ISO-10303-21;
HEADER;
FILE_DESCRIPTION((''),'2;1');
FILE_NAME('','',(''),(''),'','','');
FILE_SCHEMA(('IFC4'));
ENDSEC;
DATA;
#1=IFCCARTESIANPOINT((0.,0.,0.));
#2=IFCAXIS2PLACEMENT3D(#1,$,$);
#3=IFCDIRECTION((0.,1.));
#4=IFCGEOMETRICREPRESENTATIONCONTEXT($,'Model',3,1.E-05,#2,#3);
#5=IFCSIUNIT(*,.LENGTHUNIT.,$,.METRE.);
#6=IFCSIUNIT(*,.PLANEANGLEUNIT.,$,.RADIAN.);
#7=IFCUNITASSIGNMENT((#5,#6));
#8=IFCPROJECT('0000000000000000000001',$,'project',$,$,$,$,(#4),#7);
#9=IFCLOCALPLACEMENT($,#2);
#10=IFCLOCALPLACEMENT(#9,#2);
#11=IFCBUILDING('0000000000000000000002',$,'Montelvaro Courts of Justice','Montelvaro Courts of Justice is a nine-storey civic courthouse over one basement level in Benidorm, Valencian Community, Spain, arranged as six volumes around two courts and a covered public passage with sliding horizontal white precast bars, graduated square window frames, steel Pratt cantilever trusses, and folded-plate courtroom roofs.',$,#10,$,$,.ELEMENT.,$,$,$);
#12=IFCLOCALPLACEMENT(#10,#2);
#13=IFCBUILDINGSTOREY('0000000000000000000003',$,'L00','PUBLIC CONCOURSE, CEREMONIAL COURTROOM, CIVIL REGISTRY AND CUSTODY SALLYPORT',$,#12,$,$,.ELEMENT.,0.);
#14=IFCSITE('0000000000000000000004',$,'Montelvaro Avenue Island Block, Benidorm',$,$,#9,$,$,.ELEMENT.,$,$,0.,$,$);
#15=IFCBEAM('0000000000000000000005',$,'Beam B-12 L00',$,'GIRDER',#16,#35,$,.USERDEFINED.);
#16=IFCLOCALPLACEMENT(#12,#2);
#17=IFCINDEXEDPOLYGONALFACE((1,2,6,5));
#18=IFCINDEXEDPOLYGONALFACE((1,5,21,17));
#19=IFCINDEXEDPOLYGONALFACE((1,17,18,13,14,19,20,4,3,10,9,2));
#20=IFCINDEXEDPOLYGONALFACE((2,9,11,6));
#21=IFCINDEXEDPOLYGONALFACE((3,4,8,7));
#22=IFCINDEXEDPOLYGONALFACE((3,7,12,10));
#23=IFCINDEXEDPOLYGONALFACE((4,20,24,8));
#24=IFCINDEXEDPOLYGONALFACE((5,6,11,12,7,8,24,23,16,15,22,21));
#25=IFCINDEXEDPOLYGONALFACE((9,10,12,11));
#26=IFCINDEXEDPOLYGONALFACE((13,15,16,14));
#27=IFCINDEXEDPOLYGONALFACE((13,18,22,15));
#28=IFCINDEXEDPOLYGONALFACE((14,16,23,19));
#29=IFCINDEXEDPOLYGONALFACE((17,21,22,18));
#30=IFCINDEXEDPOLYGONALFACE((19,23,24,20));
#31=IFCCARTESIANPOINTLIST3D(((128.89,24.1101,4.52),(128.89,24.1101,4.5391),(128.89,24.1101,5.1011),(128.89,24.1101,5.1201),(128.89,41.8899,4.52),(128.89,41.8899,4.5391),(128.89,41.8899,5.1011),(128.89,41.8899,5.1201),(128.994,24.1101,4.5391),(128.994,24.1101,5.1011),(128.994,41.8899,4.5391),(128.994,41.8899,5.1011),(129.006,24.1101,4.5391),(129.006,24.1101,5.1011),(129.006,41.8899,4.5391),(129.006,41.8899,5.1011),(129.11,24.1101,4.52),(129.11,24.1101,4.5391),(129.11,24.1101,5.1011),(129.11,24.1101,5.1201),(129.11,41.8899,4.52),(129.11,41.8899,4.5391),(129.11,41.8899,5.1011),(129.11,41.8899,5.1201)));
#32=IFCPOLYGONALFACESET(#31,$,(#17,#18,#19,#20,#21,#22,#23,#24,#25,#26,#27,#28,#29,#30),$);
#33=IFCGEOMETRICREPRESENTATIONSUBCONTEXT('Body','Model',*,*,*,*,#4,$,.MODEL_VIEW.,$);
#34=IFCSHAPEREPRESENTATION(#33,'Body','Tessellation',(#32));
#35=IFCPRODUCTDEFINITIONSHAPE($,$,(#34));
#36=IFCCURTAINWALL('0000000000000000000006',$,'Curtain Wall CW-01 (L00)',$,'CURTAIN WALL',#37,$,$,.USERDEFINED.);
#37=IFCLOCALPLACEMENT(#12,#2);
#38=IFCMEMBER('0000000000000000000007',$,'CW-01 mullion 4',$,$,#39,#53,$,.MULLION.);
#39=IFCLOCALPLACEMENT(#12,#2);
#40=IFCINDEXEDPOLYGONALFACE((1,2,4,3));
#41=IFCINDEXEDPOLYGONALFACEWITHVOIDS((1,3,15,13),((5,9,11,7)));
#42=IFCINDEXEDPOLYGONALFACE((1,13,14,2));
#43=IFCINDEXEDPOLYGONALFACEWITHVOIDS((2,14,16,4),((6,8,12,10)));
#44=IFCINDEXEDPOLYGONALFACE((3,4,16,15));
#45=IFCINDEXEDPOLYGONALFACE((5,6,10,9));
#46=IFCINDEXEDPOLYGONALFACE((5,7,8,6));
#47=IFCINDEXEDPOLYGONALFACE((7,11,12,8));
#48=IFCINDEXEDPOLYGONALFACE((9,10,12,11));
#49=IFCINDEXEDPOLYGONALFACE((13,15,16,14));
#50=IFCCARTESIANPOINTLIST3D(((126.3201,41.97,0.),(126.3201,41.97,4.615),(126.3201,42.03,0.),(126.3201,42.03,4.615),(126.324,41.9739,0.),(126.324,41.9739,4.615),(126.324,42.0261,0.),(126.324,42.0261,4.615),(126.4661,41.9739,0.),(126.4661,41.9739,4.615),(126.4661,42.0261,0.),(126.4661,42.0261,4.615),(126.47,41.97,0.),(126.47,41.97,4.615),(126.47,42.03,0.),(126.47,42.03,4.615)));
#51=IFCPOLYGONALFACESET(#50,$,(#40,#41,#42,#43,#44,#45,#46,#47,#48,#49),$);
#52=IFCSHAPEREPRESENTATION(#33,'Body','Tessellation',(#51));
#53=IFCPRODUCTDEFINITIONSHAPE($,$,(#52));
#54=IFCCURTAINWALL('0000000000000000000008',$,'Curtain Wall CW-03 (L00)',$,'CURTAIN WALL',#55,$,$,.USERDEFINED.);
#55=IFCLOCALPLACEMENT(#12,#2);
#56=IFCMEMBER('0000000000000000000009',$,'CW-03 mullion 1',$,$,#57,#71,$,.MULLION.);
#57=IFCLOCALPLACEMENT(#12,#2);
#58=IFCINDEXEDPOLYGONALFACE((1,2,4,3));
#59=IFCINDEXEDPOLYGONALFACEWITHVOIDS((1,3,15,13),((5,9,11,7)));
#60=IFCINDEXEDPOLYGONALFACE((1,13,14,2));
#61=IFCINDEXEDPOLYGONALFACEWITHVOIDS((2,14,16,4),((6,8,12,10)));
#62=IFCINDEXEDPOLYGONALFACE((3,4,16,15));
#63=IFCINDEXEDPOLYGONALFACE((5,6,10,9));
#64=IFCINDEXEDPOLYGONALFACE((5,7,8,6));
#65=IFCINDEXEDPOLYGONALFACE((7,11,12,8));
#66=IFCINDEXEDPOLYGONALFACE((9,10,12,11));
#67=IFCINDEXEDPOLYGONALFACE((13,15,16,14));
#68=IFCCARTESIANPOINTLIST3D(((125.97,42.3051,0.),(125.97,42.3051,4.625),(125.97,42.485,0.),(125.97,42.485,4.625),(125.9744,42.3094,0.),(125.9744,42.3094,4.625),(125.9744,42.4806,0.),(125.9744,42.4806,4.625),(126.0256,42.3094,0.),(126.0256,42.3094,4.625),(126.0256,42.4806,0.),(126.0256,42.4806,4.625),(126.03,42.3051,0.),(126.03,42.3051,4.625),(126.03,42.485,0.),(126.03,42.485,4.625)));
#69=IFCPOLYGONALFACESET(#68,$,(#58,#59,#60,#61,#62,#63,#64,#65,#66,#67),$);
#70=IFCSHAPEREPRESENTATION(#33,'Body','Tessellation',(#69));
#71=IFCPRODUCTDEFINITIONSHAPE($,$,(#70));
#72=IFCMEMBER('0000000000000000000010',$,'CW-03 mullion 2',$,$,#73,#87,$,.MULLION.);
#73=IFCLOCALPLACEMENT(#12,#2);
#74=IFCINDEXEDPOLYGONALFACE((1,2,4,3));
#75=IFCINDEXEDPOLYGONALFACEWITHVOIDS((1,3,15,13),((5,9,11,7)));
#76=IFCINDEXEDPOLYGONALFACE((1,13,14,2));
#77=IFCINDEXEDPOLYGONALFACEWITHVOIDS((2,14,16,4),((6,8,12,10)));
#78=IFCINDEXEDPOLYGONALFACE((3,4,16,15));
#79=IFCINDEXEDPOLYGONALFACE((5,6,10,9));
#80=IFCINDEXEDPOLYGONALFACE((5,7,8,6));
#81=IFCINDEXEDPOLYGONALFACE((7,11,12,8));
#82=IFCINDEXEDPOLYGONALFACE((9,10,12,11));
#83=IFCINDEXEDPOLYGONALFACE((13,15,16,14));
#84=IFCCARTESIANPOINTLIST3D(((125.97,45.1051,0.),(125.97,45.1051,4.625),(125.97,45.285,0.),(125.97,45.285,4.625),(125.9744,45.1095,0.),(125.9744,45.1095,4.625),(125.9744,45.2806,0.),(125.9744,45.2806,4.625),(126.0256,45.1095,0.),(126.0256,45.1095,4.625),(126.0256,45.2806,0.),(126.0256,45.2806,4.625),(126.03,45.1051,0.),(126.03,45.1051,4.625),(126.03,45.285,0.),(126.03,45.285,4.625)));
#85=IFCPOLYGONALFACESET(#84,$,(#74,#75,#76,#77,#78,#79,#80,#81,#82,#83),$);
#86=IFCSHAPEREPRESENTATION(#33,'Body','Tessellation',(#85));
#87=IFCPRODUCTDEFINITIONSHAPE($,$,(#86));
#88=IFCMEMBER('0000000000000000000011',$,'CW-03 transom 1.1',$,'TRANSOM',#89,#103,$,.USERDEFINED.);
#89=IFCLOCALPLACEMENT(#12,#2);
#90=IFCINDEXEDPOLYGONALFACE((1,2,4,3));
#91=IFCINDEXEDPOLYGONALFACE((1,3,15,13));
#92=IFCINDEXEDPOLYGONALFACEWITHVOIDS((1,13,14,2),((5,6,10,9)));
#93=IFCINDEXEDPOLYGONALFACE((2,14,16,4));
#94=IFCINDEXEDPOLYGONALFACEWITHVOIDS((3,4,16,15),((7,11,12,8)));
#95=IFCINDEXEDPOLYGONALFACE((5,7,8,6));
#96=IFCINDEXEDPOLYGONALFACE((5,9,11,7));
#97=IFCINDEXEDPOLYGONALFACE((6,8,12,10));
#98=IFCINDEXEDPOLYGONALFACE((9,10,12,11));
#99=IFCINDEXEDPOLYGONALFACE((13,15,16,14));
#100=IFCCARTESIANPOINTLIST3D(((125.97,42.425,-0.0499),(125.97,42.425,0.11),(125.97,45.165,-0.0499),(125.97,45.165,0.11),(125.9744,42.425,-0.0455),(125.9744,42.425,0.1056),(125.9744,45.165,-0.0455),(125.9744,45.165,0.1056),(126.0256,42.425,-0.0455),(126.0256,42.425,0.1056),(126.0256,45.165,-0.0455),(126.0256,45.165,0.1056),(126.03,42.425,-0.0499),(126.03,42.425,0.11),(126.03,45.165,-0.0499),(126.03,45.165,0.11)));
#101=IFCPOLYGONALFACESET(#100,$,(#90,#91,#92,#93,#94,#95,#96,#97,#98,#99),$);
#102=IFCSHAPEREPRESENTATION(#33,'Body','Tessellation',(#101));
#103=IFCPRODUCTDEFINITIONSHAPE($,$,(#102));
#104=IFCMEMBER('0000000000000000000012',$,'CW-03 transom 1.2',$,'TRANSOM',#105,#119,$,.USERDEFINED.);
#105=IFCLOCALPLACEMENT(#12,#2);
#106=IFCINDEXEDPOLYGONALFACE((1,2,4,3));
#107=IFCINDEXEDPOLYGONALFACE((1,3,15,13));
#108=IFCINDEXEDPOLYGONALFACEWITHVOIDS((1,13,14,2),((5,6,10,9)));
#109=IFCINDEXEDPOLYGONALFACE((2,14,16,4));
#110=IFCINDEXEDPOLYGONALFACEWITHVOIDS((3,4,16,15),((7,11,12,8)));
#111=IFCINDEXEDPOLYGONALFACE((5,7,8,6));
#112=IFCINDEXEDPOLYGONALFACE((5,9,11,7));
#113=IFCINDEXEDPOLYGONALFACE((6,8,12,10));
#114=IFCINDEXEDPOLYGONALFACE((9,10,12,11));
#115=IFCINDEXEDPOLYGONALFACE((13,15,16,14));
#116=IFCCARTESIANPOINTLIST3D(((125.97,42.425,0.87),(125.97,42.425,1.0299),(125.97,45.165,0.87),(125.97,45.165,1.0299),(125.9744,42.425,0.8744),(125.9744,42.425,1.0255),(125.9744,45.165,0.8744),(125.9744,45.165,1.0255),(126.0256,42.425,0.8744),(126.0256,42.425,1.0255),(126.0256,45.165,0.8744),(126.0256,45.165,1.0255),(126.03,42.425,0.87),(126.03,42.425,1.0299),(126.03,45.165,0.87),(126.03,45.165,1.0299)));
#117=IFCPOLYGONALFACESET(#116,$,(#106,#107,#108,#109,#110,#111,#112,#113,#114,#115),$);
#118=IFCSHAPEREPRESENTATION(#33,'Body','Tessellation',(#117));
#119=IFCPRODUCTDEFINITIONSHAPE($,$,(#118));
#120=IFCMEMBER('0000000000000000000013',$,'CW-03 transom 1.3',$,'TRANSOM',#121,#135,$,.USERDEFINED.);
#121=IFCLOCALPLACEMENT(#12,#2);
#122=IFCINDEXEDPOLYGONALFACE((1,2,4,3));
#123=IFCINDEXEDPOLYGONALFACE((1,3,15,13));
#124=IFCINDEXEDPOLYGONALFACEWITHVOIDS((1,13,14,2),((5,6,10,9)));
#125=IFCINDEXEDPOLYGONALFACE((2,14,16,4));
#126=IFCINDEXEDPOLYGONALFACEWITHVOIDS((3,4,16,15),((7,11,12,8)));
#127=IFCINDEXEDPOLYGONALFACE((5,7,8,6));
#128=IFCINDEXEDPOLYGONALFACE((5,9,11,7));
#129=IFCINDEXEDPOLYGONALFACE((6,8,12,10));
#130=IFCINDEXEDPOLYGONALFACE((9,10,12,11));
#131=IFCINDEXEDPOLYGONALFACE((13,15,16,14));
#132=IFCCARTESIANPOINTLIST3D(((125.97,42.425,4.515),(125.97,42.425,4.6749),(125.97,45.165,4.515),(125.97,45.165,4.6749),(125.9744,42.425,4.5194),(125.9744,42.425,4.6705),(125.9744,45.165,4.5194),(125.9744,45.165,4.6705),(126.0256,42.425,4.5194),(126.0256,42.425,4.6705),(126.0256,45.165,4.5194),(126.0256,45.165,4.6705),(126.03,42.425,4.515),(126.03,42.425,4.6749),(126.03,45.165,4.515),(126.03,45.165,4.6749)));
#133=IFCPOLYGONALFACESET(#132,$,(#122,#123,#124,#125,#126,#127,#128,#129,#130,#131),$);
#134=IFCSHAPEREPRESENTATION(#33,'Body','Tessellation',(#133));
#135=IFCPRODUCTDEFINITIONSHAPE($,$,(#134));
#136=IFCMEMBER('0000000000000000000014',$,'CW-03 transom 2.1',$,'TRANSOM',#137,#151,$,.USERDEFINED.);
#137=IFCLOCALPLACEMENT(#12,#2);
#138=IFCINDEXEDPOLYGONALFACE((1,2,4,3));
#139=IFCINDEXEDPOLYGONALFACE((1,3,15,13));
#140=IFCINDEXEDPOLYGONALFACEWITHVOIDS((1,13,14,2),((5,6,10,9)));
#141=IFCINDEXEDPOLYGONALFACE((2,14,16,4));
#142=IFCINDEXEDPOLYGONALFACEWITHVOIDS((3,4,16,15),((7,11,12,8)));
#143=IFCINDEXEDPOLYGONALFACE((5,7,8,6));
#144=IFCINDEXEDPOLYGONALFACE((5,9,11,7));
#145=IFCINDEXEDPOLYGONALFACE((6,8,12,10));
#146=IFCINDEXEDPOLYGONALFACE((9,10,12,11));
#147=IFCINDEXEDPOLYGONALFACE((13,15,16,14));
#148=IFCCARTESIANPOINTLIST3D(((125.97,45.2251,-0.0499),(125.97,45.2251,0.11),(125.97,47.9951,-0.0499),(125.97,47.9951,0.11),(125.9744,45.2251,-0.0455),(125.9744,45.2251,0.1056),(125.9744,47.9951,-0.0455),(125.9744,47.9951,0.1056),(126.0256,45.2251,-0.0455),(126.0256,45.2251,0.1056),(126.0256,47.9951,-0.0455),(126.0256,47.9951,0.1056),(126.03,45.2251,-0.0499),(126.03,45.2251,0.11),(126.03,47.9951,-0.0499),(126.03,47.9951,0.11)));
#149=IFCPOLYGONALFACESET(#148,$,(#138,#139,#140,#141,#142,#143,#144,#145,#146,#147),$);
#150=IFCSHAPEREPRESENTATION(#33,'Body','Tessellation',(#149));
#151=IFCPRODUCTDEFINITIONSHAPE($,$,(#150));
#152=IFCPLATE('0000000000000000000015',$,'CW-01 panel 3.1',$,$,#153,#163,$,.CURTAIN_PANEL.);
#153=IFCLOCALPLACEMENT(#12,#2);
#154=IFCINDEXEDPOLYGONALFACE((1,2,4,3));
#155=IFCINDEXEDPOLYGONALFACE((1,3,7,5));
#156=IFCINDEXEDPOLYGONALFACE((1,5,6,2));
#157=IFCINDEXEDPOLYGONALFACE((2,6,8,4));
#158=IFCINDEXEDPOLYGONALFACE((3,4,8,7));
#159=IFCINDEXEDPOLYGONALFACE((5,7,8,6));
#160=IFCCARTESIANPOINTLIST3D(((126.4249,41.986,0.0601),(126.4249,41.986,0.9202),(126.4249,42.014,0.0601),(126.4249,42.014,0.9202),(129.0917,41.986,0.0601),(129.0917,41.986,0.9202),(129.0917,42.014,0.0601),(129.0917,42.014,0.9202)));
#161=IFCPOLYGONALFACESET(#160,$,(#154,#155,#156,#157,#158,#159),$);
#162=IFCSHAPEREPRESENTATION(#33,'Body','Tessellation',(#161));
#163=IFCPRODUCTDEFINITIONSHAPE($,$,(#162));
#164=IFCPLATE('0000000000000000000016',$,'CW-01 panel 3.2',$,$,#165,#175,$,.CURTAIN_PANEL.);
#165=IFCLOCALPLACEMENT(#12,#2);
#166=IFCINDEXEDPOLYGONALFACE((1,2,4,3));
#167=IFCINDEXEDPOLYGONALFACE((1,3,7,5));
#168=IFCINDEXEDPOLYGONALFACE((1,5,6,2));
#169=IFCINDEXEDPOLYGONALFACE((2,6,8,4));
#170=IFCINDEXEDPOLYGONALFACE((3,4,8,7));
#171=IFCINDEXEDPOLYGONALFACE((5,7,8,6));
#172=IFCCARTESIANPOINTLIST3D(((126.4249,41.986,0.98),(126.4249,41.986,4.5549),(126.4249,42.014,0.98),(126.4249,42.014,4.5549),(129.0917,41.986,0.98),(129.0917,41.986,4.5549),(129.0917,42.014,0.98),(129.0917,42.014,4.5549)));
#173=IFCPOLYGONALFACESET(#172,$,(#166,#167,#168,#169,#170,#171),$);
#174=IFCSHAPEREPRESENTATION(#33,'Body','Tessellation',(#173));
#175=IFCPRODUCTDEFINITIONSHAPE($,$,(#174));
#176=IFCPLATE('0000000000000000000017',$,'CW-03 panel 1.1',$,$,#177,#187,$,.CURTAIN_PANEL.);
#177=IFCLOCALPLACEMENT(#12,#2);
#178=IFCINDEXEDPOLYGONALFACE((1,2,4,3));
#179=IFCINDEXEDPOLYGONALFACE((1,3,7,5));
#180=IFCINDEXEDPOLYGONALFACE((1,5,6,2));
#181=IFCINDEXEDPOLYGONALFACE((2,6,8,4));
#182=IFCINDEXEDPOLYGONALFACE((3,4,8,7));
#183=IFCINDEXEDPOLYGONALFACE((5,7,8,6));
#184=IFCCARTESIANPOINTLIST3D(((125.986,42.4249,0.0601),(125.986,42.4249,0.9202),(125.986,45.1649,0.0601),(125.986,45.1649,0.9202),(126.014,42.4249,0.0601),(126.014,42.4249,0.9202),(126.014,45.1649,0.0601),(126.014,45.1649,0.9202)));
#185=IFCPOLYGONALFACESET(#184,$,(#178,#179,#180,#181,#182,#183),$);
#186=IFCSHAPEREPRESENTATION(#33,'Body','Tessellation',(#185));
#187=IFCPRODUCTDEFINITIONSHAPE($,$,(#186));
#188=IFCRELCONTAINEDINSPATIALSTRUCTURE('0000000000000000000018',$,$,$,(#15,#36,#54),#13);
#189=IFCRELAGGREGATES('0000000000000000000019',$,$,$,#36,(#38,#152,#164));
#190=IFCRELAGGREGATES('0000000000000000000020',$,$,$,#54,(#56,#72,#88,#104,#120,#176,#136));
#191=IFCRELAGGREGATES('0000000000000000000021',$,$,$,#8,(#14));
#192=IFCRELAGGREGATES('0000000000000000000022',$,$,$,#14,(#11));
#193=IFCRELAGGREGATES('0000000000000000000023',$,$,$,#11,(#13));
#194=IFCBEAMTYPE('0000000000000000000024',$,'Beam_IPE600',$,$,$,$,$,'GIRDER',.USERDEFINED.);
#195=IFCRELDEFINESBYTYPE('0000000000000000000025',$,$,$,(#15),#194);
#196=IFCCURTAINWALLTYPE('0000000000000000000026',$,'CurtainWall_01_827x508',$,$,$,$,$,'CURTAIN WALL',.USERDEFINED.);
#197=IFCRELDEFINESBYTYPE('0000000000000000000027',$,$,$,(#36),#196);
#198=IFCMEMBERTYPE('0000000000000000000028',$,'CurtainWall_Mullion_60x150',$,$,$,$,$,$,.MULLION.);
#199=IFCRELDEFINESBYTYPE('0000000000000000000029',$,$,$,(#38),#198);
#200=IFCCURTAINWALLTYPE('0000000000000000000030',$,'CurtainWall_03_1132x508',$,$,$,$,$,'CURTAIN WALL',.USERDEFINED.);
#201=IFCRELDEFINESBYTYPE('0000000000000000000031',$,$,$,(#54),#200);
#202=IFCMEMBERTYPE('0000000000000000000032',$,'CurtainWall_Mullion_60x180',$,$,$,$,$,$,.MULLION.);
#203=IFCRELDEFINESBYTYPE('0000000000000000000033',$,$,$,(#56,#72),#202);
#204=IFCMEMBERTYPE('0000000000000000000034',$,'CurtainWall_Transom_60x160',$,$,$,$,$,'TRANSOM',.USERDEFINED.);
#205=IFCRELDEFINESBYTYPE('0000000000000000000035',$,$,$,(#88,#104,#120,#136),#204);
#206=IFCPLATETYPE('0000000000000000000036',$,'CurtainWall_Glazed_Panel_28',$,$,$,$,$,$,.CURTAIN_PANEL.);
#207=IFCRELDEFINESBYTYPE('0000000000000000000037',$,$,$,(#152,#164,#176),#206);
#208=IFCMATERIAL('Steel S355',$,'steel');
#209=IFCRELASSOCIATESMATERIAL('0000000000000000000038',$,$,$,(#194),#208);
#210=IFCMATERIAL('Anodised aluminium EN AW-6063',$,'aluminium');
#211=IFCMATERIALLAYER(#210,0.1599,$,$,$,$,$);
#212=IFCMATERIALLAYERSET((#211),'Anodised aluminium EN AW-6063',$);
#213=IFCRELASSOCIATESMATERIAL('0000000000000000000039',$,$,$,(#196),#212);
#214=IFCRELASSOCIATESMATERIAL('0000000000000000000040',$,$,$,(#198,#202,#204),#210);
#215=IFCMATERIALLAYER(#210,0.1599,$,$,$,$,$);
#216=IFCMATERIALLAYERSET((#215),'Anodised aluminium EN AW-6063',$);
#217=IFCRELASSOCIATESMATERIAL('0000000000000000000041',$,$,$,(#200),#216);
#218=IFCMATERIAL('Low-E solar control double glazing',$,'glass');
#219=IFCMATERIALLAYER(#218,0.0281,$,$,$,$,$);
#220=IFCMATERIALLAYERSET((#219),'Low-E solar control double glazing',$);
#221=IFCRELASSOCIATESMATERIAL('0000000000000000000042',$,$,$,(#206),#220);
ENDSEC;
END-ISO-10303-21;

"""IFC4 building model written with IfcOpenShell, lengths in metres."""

from ifc_helpers import new_model, si_unit, direction, frame, origin, origin_2d, place, context, subcontext, project, spatial, rectangle, hollow_rectangle, i_section, extrude, material, layer, layer_set, material_profile, profile_set, type_object, element, aggregate, save


model = new_model("IFC4")

# Units and contexts
model_context = context("Model", 3, precision=1e-05, world=origin(), true_north=direction((0.0, 1.0)))
body_context = subcontext(model_context, "Body", "Model", "MODEL_VIEW")
ifc_project = project(units=[si_unit("LENGTHUNIT", "METRE"), si_unit("PLANEANGLEUNIT", "RADIAN")], contexts=[model_context])

# Site, building, storey
site_placement = place(None, origin())
site = spatial("IfcSite", under=ifc_project, at=site_placement, Name="Montelvaro Avenue Island Block, Benidorm", CompositionType="ELEMENT", RefElevation=0.0)
building_placement = place(site_placement, origin())
building = spatial("IfcBuilding", under=site, at=building_placement, Name="Montelvaro Courts of Justice", Description="Montelvaro Courts of Justice is a nine-storey civic courthouse over one basement level in Benidorm, Valencian Community, Spain, arranged as six volumes around two courts and a covered public passage with sliding horizontal white precast bars, graduated square window frames, steel Pratt cantilever trusses, and folded-plate courtroom roofs.", CompositionType="ELEMENT")
storey_placement = place(building_placement, origin())
storey = spatial("IfcBuildingStorey", under=building, at=storey_placement, Name="L00", Description="PUBLIC CONCOURSE, CEREMONIAL COURTROOM, CIVIL REGISTRY AND CUSTODY SALLYPORT", CompositionType="ELEMENT", Elevation=0.0)

# Shared definitions
ifc_material_1 = material(Name="Steel S355", Category="steel")

# Beam
ifc_material_profile_1 = material_profile(ifc_material_1, i_section(OverallWidth=0.22, OverallDepth=0.6001, WebThickness=0.012, FlangeThickness=0.019, at=origin_2d()), Name="IPE 600")
ifc_profile_set_1 = profile_set([ifc_material_profile_1], Name="Steel S355")
beam_type_1 = type_object("IfcBeamType", Name="Beam_IPE600", ElementType="GIRDER", PredefinedType="USERDEFINED", material=ifc_profile_set_1)
for number, where, z_axis, x_axis, name in (
    (1, (129.0, 24.1101, 4.8201), (0.0, 1.0, 0.0), (-1.0, 0.0, 0.0), "Beam B-12 L00"),
):
    element("IfcBeam", number, at=place(storey_placement, frame(where, z_axis=z_axis, x_axis=x_axis)), inside=storey, type_object=beam_type_1, Name=name, ObjectType="GIRDER", PredefinedType="USERDEFINED", context=body_context, shape_type="SweptSolid", body=[
        extrude(i_section(OverallWidth=0.22, OverallDepth=0.6001, WebThickness=0.012, FlangeThickness=0.019, at=origin_2d()), origin(), (0.0, 0.0, 1.0), 17.7798),
    ])

# Curtain wall, member
ifc_material_2 = material(Name="Anodised aluminium EN AW-6063", Category="aluminium")
ifc_layer_1 = layer(ifc_material_2, 0.1599)
ifc_layer_set_1 = layer_set([ifc_layer_1], Name="Anodised aluminium EN AW-6063")
curtain_wall_type_1 = type_object("IfcCurtainWallType", Name="CurtainWall_01_827x508", ElementType="CURTAIN WALL", PredefinedType="USERDEFINED", material=ifc_layer_set_1)
curtain_wall_1_placement = place(storey_placement, origin())
curtain_wall_1 = element("IfcCurtainWall", 2, at=curtain_wall_1_placement, inside=storey, type_object=curtain_wall_type_1, Name="Curtain Wall CW-01 (L00)", ObjectType="CURTAIN WALL", PredefinedType="USERDEFINED")
ifc_material_profile_2 = material_profile(ifc_material_2, hollow_rectangle(XDim=0.0601, YDim=0.1499, WallThickness=0.0039, at=origin_2d()), Name="ALU-M 60x150")
ifc_profile_set_2 = profile_set([ifc_material_profile_2], Name="Anodised aluminium EN AW-6063")
member_type_1 = type_object("IfcMemberType", Name="CurtainWall_Mullion_60x150", PredefinedType="MULLION", material=ifc_profile_set_2)
member_1_placement = place(storey_placement, frame((126.395, 42.0, 0.0), z_axis=(0.0, 0.0, 1.0), x_axis=(0.0, -1.0, 0.0)))
member_1 = element("IfcMember", 3, at=member_1_placement, type_object=member_type_1, Name="CW-01 mullion 4", PredefinedType="MULLION", context=body_context, shape_type="SweptSolid", body=[
    extrude(hollow_rectangle(XDim=0.0601, YDim=0.1499, WallThickness=0.0039, at=origin_2d()), origin(), (0.0, 0.0, 1.0), 4.615),
])

# Curtain wall, members
ifc_layer_2 = layer(ifc_material_2, 0.1599)
ifc_layer_set_2 = layer_set([ifc_layer_2], Name="Anodised aluminium EN AW-6063")
curtain_wall_type_2 = type_object("IfcCurtainWallType", Name="CurtainWall_03_1132x508", ElementType="CURTAIN WALL", PredefinedType="USERDEFINED", material=ifc_layer_set_2)
curtain_wall_2_placement = place(storey_placement, origin())
curtain_wall_2 = element("IfcCurtainWall", 4, at=curtain_wall_2_placement, inside=storey, type_object=curtain_wall_type_2, Name="Curtain Wall CW-03 (L00)", ObjectType="CURTAIN WALL", PredefinedType="USERDEFINED")
ifc_material_profile_3 = material_profile(ifc_material_2, hollow_rectangle(XDim=0.0601, YDim=0.1799, WallThickness=0.0044, at=origin_2d()), Name="ALU-M 60x180")
ifc_profile_set_3 = profile_set([ifc_material_profile_3], Name="Anodised aluminium EN AW-6063")
member_type_2 = type_object("IfcMemberType", Name="CurtainWall_Mullion_60x180", PredefinedType="MULLION", material=ifc_profile_set_3)
member_2_placement = place(storey_placement, frame((126.0, 42.395, 0.0), z_axis=(0.0, 0.0, 1.0), x_axis=(-1.0, 0.0, 0.0)))
member_2 = element("IfcMember", 5, at=member_2_placement, type_object=member_type_2, Name="CW-03 mullion 1", PredefinedType="MULLION", context=body_context, shape_type="SweptSolid", body=[
    extrude(hollow_rectangle(XDim=0.0601, YDim=0.1799, WallThickness=0.0044, at=origin_2d()), origin(), (0.0, 0.0, 1.0), 4.625),
])
member_3_placement = place(storey_placement, frame((126.0, 45.1951, 0.0), z_axis=(0.0, 0.0, 1.0), x_axis=(-1.0, 0.0, 0.0)))
member_3 = element("IfcMember", 6, at=member_3_placement, type_object=member_type_2, Name="CW-03 mullion 2", PredefinedType="MULLION", context=body_context, shape_type="SweptSolid", body=[
    extrude(hollow_rectangle(XDim=0.0601, YDim=0.1799, WallThickness=0.0044, at=origin_2d()), origin(), (0.0, 0.0, 1.0), 4.625),
])
ifc_material_profile_4 = material_profile(ifc_material_2, hollow_rectangle(XDim=0.0601, YDim=0.1599, WallThickness=0.0044, at=origin_2d()), Name="ALU-T 60x160")
ifc_profile_set_4 = profile_set([ifc_material_profile_4], Name="Anodised aluminium EN AW-6063")
member_type_3 = type_object("IfcMemberType", Name="CurtainWall_Transom_60x160", ElementType="TRANSOM", PredefinedType="USERDEFINED", material=ifc_profile_set_4)
member_4_placement = place(storey_placement, frame((126.0, 42.425, 0.03), z_axis=(0.0, 1.0, 0.0), x_axis=(-1.0, 0.0, 0.0)))
member_4 = element("IfcMember", 7, at=member_4_placement, type_object=member_type_3, Name="CW-03 transom 1.1", ObjectType="TRANSOM", PredefinedType="USERDEFINED", context=body_context, shape_type="SweptSolid", body=[
    extrude(hollow_rectangle(XDim=0.0601, YDim=0.1599, WallThickness=0.0044, at=origin_2d()), origin(), (0.0, 0.0, 1.0), 2.74),
])
member_5_placement = place(storey_placement, frame((126.0, 42.425, 0.95), z_axis=(0.0, 1.0, 0.0), x_axis=(-1.0, 0.0, 0.0)))
member_5 = element("IfcMember", 8, at=member_5_placement, type_object=member_type_3, Name="CW-03 transom 1.2", ObjectType="TRANSOM", PredefinedType="USERDEFINED", context=body_context, shape_type="SweptSolid", body=[
    extrude(hollow_rectangle(XDim=0.0601, YDim=0.1599, WallThickness=0.0044, at=origin_2d()), origin(), (0.0, 0.0, 1.0), 2.74),
])
member_6_placement = place(storey_placement, frame((126.0, 42.425, 4.595), z_axis=(0.0, 1.0, 0.0), x_axis=(-1.0, 0.0, 0.0)))
member_6 = element("IfcMember", 9, at=member_6_placement, type_object=member_type_3, Name="CW-03 transom 1.3", ObjectType="TRANSOM", PredefinedType="USERDEFINED", context=body_context, shape_type="SweptSolid", body=[
    extrude(hollow_rectangle(XDim=0.0601, YDim=0.1599, WallThickness=0.0044, at=origin_2d()), origin(), (0.0, 0.0, 1.0), 2.74),
])
member_7_placement = place(storey_placement, frame((126.0, 45.2251, 0.03), z_axis=(0.0, 1.0, 0.0), x_axis=(-1.0, 0.0, 0.0)))
member_7 = element("IfcMember", 10, at=member_7_placement, type_object=member_type_3, Name="CW-03 transom 2.1", ObjectType="TRANSOM", PredefinedType="USERDEFINED", context=body_context, shape_type="SweptSolid", body=[
    extrude(hollow_rectangle(XDim=0.0601, YDim=0.1599, WallThickness=0.0044, at=origin_2d()), origin(), (0.0, 0.0, 1.0), 2.77),
])

# Plates
ifc_material_3 = material(Name="Low-E solar control double glazing", Category="glass")
ifc_layer_3 = layer(ifc_material_3, 0.0281)
ifc_layer_set_3 = layer_set([ifc_layer_3], Name="Low-E solar control double glazing")
plate_type = type_object("IfcPlateType", Name="CurtainWall_Glazed_Panel_28", PredefinedType="CURTAIN_PANEL", material=ifc_layer_set_3)
plate_1_placement = place(storey_placement, frame((127.7583, 42.0, 0.0601), z_axis=(0.0, 0.0, 1.0), x_axis=(-1.0, 0.0, 0.0)))
plate_1 = element("IfcPlate", 11, at=plate_1_placement, type_object=plate_type, Name="CW-01 panel 3.1", PredefinedType="CURTAIN_PANEL", context=body_context, shape_type="SweptSolid", body=[
    extrude(rectangle(XDim=2.6667, YDim=0.0281, at=origin_2d()), origin(), (0.0, 0.0, 1.0), 0.8601),
])
plate_2_placement = place(storey_placement, frame((127.7583, 42.0, 0.98), z_axis=(0.0, 0.0, 1.0), x_axis=(-1.0, 0.0, 0.0)))
plate_2 = element("IfcPlate", 12, at=plate_2_placement, type_object=plate_type, Name="CW-01 panel 3.2", PredefinedType="CURTAIN_PANEL", context=body_context, shape_type="SweptSolid", body=[
    extrude(rectangle(XDim=2.6667, YDim=0.0281, at=origin_2d()), origin(), (0.0, 0.0, 1.0), 3.575),
])
aggregate(curtain_wall_1, [member_1, plate_1, plate_2])
plate_3_placement = place(storey_placement, frame((126.0, 43.7949, 0.0601), z_axis=(0.0, 0.0, 1.0), x_axis=(0.0, 1.0, 0.0)))
plate_3 = element("IfcPlate", 13, at=plate_3_placement, type_object=plate_type, Name="CW-03 panel 1.1", PredefinedType="CURTAIN_PANEL", context=body_context, shape_type="SweptSolid", body=[
    extrude(rectangle(XDim=2.74, YDim=0.0281, at=origin_2d()), origin(), (0.0, 0.0, 1.0), 0.8601),
])
aggregate(curtain_wall_2, [member_2, member_3, member_4, member_5, member_6, plate_3, member_7])

save(model, "model.ifc")
